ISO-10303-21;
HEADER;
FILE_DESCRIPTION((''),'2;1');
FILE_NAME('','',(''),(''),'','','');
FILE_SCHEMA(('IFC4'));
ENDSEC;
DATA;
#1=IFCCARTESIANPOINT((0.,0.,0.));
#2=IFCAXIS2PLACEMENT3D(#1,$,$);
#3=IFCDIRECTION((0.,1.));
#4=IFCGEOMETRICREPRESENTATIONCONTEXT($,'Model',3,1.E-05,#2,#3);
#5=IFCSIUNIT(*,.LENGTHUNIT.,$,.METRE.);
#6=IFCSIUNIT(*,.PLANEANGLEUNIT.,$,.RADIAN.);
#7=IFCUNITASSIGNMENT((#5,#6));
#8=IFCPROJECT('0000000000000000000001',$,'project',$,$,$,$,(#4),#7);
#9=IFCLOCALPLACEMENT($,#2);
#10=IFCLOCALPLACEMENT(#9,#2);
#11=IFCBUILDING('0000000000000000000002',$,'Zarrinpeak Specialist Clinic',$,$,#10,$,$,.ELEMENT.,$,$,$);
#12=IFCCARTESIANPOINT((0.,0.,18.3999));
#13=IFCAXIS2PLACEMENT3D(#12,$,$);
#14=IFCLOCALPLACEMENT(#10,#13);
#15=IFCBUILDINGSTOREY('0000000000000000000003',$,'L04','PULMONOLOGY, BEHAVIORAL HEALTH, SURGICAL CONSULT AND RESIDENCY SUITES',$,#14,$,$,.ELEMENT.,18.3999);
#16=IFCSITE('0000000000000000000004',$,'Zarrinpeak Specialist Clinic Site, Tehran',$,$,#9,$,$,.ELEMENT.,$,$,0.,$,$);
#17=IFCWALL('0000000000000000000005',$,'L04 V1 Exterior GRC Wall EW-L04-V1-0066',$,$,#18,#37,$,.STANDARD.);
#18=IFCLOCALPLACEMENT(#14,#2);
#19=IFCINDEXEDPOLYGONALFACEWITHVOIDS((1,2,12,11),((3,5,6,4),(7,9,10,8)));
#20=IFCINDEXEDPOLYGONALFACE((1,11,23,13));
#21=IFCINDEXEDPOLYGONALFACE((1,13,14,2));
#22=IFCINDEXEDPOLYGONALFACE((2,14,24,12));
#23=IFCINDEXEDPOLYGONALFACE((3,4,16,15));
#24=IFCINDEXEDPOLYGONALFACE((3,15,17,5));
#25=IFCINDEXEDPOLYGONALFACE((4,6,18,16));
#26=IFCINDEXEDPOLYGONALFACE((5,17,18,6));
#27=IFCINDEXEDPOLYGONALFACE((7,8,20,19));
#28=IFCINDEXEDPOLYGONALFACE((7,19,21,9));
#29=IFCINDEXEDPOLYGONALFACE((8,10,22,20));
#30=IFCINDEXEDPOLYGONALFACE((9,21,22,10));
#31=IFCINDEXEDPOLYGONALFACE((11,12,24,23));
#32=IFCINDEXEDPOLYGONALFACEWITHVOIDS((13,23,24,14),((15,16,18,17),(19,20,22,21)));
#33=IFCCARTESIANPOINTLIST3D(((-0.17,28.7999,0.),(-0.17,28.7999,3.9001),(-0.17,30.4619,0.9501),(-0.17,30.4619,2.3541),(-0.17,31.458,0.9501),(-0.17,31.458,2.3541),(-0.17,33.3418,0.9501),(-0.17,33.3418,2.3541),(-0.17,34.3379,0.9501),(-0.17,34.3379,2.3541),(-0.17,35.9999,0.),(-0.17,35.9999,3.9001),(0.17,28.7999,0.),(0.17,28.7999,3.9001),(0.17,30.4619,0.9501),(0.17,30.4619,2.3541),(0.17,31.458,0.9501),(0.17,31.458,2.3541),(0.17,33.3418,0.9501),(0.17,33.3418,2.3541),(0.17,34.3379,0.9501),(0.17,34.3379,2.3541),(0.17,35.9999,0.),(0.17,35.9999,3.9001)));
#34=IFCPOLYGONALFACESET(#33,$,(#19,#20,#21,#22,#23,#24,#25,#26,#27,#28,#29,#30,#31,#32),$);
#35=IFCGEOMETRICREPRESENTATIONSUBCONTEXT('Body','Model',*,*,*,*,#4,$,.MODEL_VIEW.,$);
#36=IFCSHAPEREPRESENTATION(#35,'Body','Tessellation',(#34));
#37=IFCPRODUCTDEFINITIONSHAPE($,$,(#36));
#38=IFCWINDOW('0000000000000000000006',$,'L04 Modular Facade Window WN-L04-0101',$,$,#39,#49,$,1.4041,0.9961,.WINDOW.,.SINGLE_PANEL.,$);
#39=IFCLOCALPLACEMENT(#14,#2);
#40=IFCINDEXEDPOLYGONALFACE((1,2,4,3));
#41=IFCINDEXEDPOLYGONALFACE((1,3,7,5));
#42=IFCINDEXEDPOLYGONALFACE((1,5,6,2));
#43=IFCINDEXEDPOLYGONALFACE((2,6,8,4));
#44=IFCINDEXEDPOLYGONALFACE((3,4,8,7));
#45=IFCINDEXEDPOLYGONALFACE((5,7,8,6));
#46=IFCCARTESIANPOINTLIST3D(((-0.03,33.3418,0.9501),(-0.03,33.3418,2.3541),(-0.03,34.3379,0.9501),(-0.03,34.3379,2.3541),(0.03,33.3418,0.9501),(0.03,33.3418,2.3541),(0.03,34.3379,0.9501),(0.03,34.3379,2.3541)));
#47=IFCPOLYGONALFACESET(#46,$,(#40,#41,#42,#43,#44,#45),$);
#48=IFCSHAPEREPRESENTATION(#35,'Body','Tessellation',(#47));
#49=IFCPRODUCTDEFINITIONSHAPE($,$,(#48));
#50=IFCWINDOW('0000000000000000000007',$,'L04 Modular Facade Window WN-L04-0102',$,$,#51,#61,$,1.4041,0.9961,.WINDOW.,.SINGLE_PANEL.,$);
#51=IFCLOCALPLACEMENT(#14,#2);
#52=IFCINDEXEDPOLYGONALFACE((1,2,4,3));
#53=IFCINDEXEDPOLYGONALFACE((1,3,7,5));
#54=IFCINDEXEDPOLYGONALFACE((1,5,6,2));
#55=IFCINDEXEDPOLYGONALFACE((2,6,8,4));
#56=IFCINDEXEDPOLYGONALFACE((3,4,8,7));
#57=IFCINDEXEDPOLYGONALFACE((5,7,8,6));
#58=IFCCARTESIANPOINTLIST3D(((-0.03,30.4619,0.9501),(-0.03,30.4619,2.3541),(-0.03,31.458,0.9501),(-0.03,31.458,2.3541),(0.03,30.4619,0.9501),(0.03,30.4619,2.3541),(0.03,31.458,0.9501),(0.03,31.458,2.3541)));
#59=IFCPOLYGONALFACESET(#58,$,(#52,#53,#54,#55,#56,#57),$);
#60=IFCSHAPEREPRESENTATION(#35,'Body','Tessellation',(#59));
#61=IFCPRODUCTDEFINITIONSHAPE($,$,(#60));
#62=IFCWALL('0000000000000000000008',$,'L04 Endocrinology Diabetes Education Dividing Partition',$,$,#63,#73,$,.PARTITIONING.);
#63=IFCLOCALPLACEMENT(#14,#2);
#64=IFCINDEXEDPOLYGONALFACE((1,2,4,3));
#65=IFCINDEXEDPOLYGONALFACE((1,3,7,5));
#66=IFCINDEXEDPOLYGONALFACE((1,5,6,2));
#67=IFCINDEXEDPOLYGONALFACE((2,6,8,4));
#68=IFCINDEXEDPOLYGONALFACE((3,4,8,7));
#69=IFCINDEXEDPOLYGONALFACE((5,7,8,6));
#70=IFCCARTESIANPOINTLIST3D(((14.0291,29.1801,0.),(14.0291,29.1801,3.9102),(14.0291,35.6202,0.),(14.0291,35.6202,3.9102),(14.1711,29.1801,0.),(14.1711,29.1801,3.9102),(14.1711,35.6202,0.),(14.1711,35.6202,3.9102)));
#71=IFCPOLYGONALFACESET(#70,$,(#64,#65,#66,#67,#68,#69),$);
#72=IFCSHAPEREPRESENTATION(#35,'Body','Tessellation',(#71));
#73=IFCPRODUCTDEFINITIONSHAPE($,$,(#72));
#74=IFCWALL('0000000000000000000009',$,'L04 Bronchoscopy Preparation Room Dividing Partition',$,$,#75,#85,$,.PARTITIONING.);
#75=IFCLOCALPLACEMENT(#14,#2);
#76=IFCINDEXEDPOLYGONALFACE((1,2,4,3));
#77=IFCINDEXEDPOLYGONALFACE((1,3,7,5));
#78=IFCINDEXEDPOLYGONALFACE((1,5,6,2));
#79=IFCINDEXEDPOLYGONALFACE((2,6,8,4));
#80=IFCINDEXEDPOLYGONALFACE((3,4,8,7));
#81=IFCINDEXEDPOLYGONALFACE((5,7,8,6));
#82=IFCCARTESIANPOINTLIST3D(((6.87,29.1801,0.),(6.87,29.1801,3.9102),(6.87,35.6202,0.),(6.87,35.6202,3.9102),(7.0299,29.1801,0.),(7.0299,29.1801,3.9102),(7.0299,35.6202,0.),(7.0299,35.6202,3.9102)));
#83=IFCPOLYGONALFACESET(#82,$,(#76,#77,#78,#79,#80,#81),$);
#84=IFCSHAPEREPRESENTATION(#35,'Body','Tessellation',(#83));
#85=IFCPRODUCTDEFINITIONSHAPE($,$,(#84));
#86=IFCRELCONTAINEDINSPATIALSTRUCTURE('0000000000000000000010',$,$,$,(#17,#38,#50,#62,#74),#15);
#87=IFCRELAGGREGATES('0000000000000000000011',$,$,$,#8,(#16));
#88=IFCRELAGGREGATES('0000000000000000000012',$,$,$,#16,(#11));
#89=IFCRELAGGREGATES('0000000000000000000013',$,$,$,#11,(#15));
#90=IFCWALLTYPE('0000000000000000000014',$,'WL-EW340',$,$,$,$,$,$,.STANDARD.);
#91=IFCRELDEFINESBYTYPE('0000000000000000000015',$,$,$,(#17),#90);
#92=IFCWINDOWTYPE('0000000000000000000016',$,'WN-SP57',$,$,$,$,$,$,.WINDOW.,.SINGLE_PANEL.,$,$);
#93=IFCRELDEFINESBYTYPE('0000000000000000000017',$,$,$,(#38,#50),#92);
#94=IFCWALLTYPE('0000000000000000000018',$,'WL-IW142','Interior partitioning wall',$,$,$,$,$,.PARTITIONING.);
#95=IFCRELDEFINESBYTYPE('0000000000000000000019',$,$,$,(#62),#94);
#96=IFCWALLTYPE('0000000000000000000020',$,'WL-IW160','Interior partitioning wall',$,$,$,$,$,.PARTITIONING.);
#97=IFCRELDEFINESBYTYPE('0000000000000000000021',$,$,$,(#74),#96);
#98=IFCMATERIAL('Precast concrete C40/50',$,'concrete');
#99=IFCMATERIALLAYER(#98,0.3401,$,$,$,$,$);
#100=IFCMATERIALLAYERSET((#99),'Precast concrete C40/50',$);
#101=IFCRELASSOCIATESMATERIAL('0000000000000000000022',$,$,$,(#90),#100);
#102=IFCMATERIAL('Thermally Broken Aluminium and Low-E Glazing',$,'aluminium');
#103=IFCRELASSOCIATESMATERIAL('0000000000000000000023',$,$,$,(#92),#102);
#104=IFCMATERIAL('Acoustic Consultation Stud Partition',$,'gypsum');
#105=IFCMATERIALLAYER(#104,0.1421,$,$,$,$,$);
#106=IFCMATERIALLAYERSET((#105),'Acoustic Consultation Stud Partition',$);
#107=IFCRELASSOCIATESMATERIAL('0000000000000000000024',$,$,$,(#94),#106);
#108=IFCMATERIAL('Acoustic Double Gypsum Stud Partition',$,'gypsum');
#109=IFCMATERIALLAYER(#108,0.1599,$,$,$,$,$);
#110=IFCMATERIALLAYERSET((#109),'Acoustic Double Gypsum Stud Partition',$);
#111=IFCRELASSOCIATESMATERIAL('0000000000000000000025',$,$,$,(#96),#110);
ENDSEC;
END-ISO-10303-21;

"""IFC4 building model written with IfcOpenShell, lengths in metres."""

from ifc_helpers import new_model, si_unit, direction, frame, frame_2d, origin, place, context, subcontext, project, spatial, rectangle, extrude, material, layer, layer_set, type_object, element, fill, save


model = new_model("IFC4")

# Units and contexts
model_context = context("Model", 3, precision=1e-05, world=origin(), true_north=direction((0.0, 1.0)))
body_context = subcontext(model_context, "Body", "Model", "MODEL_VIEW")
ifc_project = project(units=[si_unit("LENGTHUNIT", "METRE"), si_unit("PLANEANGLEUNIT", "RADIAN")], contexts=[model_context])

# Site, building, storey
site_placement = place(None, origin())
site = spatial("IfcSite", under=ifc_project, at=site_placement, Name="Zarrinpeak Specialist Clinic Site, Tehran", CompositionType="ELEMENT", RefElevation=0.0)
building_placement = place(site_placement, origin())
building = spatial("IfcBuilding", under=site, at=building_placement, Name="Zarrinpeak Specialist Clinic", CompositionType="ELEMENT")
storey_placement = place(building_placement, frame((0.0, 0.0, 18.3999)))
storey = spatial("IfcBuildingStorey", under=building, at=storey_placement, Name="L04", Description="PULMONOLOGY, BEHAVIORAL HEALTH, SURGICAL CONSULT AND RESIDENCY SUITES", CompositionType="ELEMENT", Elevation=18.3999)

# Wall, openings, windows
ifc_material_1 = material(Name="Precast concrete C40/50", Category="concrete")
ifc_layer_1 = layer(ifc_material_1, 0.3401)
ifc_layer_set_1 = layer_set([ifc_layer_1], Name="Precast concrete C40/50")
wall_type_1 = type_object("IfcWallType", Name="WL-EW340", PredefinedType="STANDARD", material=ifc_layer_set_1)
ifc_material_2 = material(Name="Thermally Broken Aluminium and Low-E Glazing", Category="aluminium")
wall_1_placement = place(storey_placement, frame((0.0, 36.0, 0.0), z_axis=(0.0, 0.0, 1.0), x_axis=(0.0, -1.0, 0.0)))
wall_1 = element("IfcWall", 1, at=wall_1_placement, inside=storey, type_object=wall_type_1, Name="L04 V1 Exterior GRC Wall EW-L04-V1-0066", PredefinedType="STANDARD", context=body_context, shape_type="SweptSolid", body=[
    extrude(rectangle(XDim=7.2, YDim=0.3401, at=frame_2d((3.6001, 0.0))), origin(), (0.0, 0.0, 1.0), 3.9001),
])
opening_1_placement = place(wall_1_placement, frame((1.6621, 0.0, 0.95)))
opening_1 = element("IfcOpeningElement", 2, at=opening_1_placement, cuts=wall_1, PredefinedType="OPENING", context=body_context, shape_type="SweptSolid", body=[
    extrude(rectangle(XDim=0.9961, YDim=1.4041, at=frame_2d((0.498, 0.7021))), frame((0.0, 0.1802, 0.0), z_axis=(0.0, -1.0, 0.0), x_axis=(1.0, 0.0, 0.0)), (0.0, 0.0, 1.0), 0.3601),
])
opening_2_placement = place(wall_1_placement, frame((4.542, 0.0, 0.95)))
opening_2 = element("IfcOpeningElement", 3, at=opening_2_placement, cuts=wall_1, PredefinedType="OPENING", context=body_context, shape_type="SweptSolid", body=[
    extrude(rectangle(XDim=0.9961, YDim=1.4041, at=frame_2d((0.498, 0.7021))), frame((0.0, 0.1802, 0.0), z_axis=(0.0, -1.0, 0.0), x_axis=(1.0, 0.0, 0.0)), (0.0, 0.0, 1.0), 0.3601),
])
window_type_1 = type_object("IfcWindowType", Name="WN-SP57", PartitioningType="SINGLE_PANEL", PredefinedType="WINDOW", material=ifc_material_2)
window_1_placement = place(opening_1_placement, origin())
window_1 = element("IfcWindow", 4, at=window_1_placement, inside=storey, type_object=window_type_1, Name="L04 Modular Facade Window WN-L04-0101", OverallHeight=1.4041, OverallWidth=0.9961, PartitioningType="SINGLE_PANEL", PredefinedType="WINDOW", context=body_context, shape_type="SweptSolid", body=[
    extrude(rectangle(XDim=0.9961, YDim=1.4041, at=frame_2d((0.498, 0.7021))), frame((0.0, 0.03, 0.0), z_axis=(0.0, -1.0, 0.0), x_axis=(1.0, 0.0, 0.0)), (0.0, 0.0, 1.0), 0.0601),
])
fill(opening_1, window_1)
window_2_placement = place(opening_2_placement, origin())
window_2 = element("IfcWindow", 5, at=window_2_placement, inside=storey, type_object=window_type_1, Name="L04 Modular Facade Window WN-L04-0102", OverallHeight=1.4041, OverallWidth=0.9961, PartitioningType="SINGLE_PANEL", PredefinedType="WINDOW", context=body_context, shape_type="SweptSolid", body=[
    extrude(rectangle(XDim=0.9961, YDim=1.4041, at=frame_2d((0.498, 0.7021))), frame((0.0, 0.03, 0.0), z_axis=(0.0, -1.0, 0.0), x_axis=(1.0, 0.0, 0.0)), (0.0, 0.0, 1.0), 0.0601),
])
fill(opening_2, window_2)

# Walls
ifc_material_3 = material(Name="Acoustic Consultation Stud Partition", Category="gypsum")
ifc_layer_2 = layer(ifc_material_3, 0.1421)
ifc_layer_set_2 = layer_set([ifc_layer_2], Name="Acoustic Consultation Stud Partition")
wall_type_2 = type_object("IfcWallType", Name="WL-IW142", Description="Interior partitioning wall", PredefinedType="PARTITIONING", material=ifc_layer_set_2)
wall_2_placement = place(storey_placement, frame((14.1001, 29.1799, 0.0), z_axis=(0.0, 0.0, 1.0), x_axis=(0.0, 1.0, 0.0)))
element("IfcWall", 6, at=wall_2_placement, inside=storey, type_object=wall_type_2, Name="L04 Endocrinology Diabetes Education Dividing Partition", PredefinedType="PARTITIONING", context=body_context, shape_type="SweptSolid", body=[
    extrude(rectangle(XDim=6.4402, YDim=0.1421, at=frame_2d((3.2202, 0.0))), origin(), (0.0, 0.0, 1.0), 3.9102),
])
ifc_material_4 = material(Name="Acoustic Double Gypsum Stud Partition", Category="gypsum")
ifc_layer_3 = layer(ifc_material_4, 0.1599)
ifc_layer_set_3 = layer_set([ifc_layer_3], Name="Acoustic Double Gypsum Stud Partition")
wall_type_3 = type_object("IfcWallType", Name="WL-IW160", Description="Interior partitioning wall", PredefinedType="PARTITIONING", material=ifc_layer_set_3)
wall_3_placement = place(storey_placement, frame((6.95, 29.1799, 0.0), z_axis=(0.0, 0.0, 1.0), x_axis=(0.0, 1.0, 0.0)))
element("IfcWall", 7, at=wall_3_placement, inside=storey, type_object=wall_type_3, Name="L04 Bronchoscopy Preparation Room Dividing Partition", PredefinedType="PARTITIONING", context=body_context, shape_type="SweptSolid", body=[
    extrude(rectangle(XDim=6.4402, YDim=0.1599, at=frame_2d((3.2202, 0.0))), origin(), (0.0, 0.0, 1.0), 3.9102),
])

save(model, "model.ifc")
